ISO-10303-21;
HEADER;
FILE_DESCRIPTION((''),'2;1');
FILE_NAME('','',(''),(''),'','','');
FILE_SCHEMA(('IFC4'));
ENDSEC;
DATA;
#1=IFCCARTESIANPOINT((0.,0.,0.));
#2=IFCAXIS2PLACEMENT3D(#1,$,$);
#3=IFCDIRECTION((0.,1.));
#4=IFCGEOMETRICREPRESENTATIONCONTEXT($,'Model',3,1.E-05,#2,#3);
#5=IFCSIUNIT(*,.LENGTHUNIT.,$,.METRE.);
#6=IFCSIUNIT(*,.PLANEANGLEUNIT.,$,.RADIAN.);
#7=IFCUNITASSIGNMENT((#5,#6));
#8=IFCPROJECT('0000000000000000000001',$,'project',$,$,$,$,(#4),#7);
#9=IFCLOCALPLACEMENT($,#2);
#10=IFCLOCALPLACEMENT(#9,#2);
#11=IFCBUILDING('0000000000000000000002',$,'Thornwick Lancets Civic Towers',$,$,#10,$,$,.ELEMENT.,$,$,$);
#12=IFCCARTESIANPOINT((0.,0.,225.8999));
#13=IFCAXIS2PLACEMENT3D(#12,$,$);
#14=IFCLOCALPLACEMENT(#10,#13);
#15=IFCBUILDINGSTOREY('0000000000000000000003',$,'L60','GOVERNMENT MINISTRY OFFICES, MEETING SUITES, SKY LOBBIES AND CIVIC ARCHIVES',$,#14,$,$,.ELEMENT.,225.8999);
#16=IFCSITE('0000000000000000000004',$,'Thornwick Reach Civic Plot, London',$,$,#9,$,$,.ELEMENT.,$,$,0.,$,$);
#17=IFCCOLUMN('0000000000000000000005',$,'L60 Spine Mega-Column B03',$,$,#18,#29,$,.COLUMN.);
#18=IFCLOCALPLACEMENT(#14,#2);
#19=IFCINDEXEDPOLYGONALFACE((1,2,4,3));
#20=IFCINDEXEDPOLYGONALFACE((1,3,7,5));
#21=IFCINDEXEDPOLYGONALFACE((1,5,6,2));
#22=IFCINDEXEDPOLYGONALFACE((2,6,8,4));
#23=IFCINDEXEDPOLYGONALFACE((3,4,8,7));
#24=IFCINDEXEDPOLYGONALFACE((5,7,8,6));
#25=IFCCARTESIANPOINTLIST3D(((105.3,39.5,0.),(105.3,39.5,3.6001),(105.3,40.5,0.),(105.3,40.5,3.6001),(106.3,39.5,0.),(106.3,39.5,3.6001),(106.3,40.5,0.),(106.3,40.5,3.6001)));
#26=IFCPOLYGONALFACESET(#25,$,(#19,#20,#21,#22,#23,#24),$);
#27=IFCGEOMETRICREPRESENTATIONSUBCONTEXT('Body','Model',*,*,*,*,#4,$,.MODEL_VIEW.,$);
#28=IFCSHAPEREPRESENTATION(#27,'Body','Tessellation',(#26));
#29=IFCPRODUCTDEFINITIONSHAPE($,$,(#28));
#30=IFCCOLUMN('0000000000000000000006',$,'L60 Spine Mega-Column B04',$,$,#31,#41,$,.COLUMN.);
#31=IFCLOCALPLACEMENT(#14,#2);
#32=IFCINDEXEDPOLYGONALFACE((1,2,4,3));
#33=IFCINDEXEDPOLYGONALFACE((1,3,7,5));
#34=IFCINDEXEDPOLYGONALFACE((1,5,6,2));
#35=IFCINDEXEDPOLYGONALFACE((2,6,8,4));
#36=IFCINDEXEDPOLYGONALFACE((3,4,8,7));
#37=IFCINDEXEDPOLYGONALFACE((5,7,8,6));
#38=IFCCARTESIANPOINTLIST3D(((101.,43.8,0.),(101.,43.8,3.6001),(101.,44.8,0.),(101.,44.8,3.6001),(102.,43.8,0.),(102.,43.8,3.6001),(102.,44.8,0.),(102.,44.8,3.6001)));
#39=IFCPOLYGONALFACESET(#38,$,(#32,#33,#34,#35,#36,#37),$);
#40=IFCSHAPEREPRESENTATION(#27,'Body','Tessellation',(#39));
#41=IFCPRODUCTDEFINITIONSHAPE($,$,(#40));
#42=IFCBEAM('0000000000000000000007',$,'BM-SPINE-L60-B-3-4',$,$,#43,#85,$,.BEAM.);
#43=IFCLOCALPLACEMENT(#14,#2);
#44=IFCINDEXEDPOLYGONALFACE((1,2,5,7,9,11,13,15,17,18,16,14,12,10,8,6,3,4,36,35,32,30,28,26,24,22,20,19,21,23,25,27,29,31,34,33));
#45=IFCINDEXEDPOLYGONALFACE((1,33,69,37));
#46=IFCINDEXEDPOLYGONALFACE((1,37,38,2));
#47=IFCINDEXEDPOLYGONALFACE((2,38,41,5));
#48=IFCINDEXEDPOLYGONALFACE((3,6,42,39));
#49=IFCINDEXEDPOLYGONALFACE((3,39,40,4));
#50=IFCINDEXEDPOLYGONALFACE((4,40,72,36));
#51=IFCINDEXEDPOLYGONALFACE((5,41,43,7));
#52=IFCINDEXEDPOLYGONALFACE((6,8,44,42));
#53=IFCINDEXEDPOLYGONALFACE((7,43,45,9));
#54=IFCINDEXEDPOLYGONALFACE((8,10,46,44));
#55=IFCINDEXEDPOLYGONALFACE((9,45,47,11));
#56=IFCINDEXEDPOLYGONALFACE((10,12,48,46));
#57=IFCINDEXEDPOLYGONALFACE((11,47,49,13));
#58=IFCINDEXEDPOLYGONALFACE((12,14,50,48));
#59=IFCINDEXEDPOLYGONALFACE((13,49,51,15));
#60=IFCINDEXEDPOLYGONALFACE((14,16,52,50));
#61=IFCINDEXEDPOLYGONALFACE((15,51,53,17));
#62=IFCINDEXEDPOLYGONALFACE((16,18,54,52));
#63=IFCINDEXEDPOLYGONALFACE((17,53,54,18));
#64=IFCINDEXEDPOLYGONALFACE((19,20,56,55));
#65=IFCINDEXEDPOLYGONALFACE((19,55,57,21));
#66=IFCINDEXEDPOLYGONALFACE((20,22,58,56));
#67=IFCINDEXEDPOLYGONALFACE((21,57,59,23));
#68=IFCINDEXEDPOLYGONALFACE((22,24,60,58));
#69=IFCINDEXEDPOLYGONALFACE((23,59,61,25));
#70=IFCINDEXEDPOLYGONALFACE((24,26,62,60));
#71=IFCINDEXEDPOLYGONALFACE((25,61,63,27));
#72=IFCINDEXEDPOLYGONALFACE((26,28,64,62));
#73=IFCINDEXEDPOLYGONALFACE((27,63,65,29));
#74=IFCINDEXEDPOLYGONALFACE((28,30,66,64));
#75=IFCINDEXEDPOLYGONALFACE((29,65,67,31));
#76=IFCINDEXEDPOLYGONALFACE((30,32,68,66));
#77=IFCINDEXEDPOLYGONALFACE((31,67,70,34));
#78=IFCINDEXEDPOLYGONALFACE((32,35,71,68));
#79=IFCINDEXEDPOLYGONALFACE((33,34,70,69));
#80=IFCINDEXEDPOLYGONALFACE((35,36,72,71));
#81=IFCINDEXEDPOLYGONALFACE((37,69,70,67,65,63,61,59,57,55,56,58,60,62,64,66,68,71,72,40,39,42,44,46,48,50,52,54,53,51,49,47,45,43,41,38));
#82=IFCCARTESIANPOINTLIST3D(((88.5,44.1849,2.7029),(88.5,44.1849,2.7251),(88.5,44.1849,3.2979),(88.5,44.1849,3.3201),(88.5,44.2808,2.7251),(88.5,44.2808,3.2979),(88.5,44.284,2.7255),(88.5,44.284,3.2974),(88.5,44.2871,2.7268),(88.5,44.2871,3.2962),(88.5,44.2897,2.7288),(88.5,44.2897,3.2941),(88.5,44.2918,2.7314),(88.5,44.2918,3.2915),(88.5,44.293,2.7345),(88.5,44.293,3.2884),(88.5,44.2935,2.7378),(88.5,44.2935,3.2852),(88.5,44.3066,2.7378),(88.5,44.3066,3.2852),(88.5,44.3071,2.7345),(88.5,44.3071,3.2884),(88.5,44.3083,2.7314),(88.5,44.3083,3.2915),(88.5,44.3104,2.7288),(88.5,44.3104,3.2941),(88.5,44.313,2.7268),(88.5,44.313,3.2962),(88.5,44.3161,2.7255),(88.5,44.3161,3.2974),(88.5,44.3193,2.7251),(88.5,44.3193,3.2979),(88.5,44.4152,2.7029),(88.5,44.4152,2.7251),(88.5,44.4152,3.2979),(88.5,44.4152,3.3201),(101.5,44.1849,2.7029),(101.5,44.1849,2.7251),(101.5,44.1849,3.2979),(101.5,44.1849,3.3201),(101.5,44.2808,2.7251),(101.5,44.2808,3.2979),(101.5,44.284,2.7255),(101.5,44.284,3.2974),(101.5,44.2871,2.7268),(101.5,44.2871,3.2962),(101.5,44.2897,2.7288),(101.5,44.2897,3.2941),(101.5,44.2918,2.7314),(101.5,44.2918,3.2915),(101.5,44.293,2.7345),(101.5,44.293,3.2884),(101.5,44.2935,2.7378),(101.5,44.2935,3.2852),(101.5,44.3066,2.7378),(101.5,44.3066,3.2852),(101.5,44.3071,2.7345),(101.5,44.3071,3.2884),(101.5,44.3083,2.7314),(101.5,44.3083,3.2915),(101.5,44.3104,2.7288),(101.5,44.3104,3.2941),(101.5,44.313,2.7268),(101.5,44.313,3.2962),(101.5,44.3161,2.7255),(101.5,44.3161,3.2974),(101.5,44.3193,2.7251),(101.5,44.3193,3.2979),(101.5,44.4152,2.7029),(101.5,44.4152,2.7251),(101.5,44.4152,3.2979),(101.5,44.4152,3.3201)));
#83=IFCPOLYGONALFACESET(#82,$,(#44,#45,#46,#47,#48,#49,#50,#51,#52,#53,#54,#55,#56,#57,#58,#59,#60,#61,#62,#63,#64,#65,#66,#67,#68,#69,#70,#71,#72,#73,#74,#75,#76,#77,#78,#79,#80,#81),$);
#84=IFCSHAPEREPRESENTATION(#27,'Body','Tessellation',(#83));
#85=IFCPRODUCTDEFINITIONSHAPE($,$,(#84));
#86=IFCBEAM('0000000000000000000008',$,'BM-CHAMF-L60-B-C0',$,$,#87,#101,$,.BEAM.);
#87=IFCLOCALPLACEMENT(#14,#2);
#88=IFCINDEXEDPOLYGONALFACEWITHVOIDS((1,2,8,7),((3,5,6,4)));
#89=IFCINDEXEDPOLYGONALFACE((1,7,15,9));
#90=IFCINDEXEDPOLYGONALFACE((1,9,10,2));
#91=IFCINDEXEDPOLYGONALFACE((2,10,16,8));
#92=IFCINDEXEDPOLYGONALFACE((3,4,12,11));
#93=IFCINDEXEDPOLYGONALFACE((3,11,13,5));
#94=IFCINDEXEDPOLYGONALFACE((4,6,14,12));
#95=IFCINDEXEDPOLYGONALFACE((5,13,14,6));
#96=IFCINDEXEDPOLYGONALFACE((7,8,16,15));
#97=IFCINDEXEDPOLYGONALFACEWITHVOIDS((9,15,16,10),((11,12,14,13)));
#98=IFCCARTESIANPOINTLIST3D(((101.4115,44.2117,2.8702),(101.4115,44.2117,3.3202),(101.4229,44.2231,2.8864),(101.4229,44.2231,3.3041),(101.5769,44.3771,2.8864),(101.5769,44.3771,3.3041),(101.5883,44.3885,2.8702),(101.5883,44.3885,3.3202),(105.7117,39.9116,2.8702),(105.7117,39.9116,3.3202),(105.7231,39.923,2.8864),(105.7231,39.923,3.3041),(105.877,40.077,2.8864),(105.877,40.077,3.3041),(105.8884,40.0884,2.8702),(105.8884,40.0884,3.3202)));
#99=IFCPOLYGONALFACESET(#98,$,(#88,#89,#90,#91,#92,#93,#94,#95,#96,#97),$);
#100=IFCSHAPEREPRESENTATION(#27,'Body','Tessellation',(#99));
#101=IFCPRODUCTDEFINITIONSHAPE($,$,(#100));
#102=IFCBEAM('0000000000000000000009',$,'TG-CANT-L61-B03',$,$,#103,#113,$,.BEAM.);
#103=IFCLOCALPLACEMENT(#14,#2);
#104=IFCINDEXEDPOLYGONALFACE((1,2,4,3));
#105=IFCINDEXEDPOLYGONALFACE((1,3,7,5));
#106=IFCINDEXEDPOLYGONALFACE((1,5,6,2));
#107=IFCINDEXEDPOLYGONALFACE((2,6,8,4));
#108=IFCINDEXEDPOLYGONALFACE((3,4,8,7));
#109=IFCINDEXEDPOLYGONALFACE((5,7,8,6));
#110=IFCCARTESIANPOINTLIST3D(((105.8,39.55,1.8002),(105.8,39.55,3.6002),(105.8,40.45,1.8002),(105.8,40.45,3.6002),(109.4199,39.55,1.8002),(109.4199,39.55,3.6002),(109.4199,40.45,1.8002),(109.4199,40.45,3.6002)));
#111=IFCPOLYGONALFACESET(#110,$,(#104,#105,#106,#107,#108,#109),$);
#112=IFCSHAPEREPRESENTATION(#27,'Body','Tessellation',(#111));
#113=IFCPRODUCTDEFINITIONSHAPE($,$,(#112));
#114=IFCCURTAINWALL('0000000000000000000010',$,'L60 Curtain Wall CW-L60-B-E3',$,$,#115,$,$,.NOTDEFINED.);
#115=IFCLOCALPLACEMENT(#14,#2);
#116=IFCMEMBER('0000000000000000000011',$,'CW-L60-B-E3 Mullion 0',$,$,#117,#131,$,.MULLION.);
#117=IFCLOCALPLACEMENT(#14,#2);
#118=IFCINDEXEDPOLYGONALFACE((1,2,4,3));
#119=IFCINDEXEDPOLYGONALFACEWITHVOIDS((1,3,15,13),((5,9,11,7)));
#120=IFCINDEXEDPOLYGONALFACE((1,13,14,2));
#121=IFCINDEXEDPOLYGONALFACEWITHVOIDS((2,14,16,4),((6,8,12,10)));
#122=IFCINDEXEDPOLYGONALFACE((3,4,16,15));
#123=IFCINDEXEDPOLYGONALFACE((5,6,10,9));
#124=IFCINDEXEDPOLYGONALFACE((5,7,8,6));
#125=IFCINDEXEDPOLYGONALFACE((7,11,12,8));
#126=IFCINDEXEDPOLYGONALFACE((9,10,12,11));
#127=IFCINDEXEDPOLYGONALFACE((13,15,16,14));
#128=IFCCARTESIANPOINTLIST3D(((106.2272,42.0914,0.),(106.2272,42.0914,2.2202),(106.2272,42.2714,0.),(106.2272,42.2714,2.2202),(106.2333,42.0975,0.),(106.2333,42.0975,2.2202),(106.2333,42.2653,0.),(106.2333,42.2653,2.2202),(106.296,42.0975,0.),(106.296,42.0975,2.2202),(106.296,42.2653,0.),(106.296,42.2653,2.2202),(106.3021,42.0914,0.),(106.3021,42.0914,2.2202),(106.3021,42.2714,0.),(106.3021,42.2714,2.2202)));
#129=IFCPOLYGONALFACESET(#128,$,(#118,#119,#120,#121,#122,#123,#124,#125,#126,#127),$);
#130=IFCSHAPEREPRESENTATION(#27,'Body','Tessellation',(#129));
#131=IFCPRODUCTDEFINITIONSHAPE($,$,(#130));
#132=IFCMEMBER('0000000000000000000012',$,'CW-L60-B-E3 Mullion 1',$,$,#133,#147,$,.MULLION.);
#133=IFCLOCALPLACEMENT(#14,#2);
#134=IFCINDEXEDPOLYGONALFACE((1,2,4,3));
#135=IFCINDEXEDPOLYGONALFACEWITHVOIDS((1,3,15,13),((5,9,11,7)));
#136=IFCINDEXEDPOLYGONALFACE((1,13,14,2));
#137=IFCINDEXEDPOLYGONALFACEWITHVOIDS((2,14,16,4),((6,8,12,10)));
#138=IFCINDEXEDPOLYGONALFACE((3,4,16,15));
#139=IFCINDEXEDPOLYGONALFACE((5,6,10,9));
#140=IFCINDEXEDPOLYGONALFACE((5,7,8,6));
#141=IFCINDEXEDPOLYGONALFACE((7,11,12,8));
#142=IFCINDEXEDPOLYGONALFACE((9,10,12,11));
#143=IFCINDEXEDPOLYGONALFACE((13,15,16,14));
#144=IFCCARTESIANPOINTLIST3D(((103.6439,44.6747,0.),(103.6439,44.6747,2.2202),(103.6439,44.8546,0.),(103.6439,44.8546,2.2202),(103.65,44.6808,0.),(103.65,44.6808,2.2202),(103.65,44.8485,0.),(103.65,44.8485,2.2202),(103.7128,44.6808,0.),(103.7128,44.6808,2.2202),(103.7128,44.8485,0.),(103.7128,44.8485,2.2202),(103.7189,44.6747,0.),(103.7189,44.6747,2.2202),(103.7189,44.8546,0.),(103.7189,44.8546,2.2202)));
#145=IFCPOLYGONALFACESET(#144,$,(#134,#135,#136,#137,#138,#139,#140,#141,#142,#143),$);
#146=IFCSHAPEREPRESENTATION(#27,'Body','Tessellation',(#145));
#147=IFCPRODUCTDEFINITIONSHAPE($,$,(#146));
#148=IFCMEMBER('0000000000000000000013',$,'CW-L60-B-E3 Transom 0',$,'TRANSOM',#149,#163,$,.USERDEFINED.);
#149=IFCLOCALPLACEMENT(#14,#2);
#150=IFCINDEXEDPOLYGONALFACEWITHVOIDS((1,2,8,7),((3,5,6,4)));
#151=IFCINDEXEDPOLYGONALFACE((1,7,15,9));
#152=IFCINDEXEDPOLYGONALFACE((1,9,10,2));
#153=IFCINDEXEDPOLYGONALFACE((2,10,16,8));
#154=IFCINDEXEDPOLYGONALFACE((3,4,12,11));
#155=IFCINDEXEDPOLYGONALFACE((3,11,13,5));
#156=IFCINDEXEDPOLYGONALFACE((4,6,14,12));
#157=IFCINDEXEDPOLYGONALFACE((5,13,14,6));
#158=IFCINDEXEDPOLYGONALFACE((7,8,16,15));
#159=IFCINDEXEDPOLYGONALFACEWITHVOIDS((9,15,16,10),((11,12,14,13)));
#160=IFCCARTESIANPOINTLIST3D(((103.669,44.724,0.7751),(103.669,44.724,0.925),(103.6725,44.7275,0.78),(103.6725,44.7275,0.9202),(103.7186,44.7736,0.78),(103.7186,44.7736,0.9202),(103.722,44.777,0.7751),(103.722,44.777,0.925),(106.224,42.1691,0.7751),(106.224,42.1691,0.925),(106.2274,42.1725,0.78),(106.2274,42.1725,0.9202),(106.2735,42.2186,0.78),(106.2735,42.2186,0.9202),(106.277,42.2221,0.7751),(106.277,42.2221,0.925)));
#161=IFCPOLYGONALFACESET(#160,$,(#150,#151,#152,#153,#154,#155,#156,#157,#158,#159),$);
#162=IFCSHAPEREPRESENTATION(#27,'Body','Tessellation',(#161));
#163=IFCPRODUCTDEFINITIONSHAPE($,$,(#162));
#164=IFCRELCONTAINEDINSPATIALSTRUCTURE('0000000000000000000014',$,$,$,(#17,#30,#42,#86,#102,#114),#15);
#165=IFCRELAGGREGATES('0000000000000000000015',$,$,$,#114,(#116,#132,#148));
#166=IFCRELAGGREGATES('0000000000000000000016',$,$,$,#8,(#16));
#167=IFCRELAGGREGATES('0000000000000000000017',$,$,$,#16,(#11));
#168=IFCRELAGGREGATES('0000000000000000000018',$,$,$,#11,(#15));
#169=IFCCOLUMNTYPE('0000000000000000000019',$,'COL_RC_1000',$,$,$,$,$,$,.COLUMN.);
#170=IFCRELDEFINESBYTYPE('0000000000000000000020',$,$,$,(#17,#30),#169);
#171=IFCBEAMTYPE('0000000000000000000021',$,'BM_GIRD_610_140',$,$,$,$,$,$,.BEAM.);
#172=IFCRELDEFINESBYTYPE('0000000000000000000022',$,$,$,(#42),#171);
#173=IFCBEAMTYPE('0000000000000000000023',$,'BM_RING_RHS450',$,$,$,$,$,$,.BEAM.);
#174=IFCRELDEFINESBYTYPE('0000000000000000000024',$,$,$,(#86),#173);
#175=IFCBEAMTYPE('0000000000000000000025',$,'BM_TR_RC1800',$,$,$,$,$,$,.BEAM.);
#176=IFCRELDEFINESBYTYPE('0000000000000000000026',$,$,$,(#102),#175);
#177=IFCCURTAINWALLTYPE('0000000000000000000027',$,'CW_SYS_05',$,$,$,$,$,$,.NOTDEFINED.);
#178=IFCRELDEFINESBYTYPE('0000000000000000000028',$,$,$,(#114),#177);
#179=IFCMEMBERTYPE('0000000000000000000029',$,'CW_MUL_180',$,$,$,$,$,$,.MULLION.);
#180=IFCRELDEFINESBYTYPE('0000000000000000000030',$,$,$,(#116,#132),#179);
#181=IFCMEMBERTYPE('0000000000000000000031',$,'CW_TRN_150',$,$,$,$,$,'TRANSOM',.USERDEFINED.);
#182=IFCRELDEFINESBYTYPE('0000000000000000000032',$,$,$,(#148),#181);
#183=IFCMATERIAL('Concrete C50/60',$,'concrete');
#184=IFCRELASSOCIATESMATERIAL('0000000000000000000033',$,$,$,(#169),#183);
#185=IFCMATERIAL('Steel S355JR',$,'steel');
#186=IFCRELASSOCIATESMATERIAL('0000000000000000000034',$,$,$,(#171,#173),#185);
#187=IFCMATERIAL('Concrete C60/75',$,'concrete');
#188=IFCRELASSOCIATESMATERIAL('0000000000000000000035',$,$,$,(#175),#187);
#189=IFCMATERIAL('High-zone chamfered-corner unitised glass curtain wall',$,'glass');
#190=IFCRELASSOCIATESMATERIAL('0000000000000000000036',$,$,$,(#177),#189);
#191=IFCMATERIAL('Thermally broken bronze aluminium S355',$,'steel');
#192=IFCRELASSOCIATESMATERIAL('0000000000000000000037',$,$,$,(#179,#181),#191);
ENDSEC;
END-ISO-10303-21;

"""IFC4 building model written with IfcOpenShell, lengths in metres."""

from ifc_helpers import new_model, si_unit, direction, frame, origin, origin_2d, place, context, subcontext, project, spatial, rectangle, hollow_rectangle, i_section, extrude, material, material_profile, profile_set, type_object, element, aggregate, save


model = new_model("IFC4")

# Units and contexts
model_context = context("Model", 3, precision=1e-05, world=origin(), true_north=direction((0.0, 1.0)))
body_context = subcontext(model_context, "Body", "Model", "MODEL_VIEW")
ifc_project = project(units=[si_unit("LENGTHUNIT", "METRE"), si_unit("PLANEANGLEUNIT", "RADIAN")], contexts=[model_context])

# Site, building, storey
site_placement = place(None, origin())
site = spatial("IfcSite", under=ifc_project, at=site_placement, Name="Thornwick Reach Civic Plot, London", CompositionType="ELEMENT", RefElevation=0.0)
building_placement = place(site_placement, origin())
building = spatial("IfcBuilding", under=site, at=building_placement, Name="Thornwick Lancets Civic Towers", CompositionType="ELEMENT")
storey_placement = place(building_placement, frame((0.0, 0.0, 225.8999)))
storey = spatial("IfcBuildingStorey", under=building, at=storey_placement, Name="L60", Description="GOVERNMENT MINISTRY OFFICES, MEETING SUITES, SKY LOBBIES AND CIVIC ARCHIVES", CompositionType="ELEMENT", Elevation=225.8999)

# Columns
ifc_material_1 = material(Name="Concrete C50/60", Category="concrete")
ifc_material_profile_1 = material_profile(ifc_material_1, rectangle(XDim=1.0, YDim=1.0, at=origin_2d()), Name="RC 1000x1000")
ifc_profile_set_1 = profile_set([ifc_material_profile_1], Name="Concrete C50/60")
column_type = type_object("IfcColumnType", Name="COL_RC_1000", PredefinedType="COLUMN", material=ifc_profile_set_1)
for number, where, z_axis, x_axis, name in (
    (1, (105.8, 40.0, 0.0), (0.0, 0.0, 1.0), (1.0, 0.0, 0.0), "L60 Spine Mega-Column B03"),
    (2, (101.5, 44.3, 0.0), (0.0, 0.0, 1.0), (1.0, 0.0, 0.0), "L60 Spine Mega-Column B04"),
):
    element("IfcColumn", number, at=place(storey_placement, frame(where, z_axis=z_axis, x_axis=x_axis)), inside=storey, type_object=column_type, Name=name, PredefinedType="COLUMN", context=body_context, shape_type="SweptSolid", body=[
        extrude(rectangle(XDim=1.0, YDim=1.0, at=origin_2d()), origin(), (0.0, 0.0, 1.0), 3.6001),
    ])

# Beams
ifc_material_2 = material(Name="Steel S355JR", Category="steel")
ifc_material_profile_2 = material_profile(ifc_material_2, i_section(OverallWidth=0.2302, OverallDepth=0.6172, WebThickness=0.0132, FlangeThickness=0.0222, FilletRadius=0.0127, at=origin_2d()), Name="UKB 610x229x140")
ifc_profile_set_2 = profile_set([ifc_material_profile_2], Name="Steel S355JR")
beam_type_1 = type_object("IfcBeamType", Name="BM_GIRD_610_140", PredefinedType="BEAM", material=ifc_profile_set_2)
beam_1_placement = place(storey_placement, frame((101.5, 44.3, 3.0115), z_axis=(-1.0, 0.0, 0.0), x_axis=(0.0, -1.0, 0.0)))
element("IfcBeam", 3, at=beam_1_placement, inside=storey, type_object=beam_type_1, Name="BM-SPINE-L60-B-3-4", PredefinedType="BEAM", context=body_context, shape_type="SweptSolid", body=[
    extrude(i_section(OverallWidth=0.2302, OverallDepth=0.6172, WebThickness=0.0132, FlangeThickness=0.0222, FilletRadius=0.0127, at=origin_2d()), origin(), (0.0, 0.0, 1.0), 13.0),
])
ifc_material_profile_3 = material_profile(ifc_material_2, hollow_rectangle(XDim=0.25, YDim=0.45, WallThickness=0.0161, at=origin_2d()), Name="RHS 450x250x16")
ifc_profile_set_3 = profile_set([ifc_material_profile_3], Name="Steel S355JR")
beam_type_2 = type_object("IfcBeamType", Name="BM_RING_RHS450", PredefinedType="BEAM", material=ifc_profile_set_3)
beam_2_placement = place(storey_placement, frame((105.8, 40.0, 3.0952), z_axis=(-0.707107, 0.707107, 0.0), x_axis=(-0.707107, -0.707107, 0.0)))
element("IfcBeam", 4, at=beam_2_placement, inside=storey, type_object=beam_type_2, Name="BM-CHAMF-L60-B-C0", PredefinedType="BEAM", context=body_context, shape_type="SweptSolid", body=[
    extrude(hollow_rectangle(XDim=0.25, YDim=0.45, WallThickness=0.0161, at=origin_2d()), origin(), (0.0, 0.0, 1.0), 6.0813),
])
ifc_material_3 = material(Name="Concrete C60/75", Category="concrete")
ifc_material_profile_4 = material_profile(ifc_material_3, rectangle(XDim=0.8999, YDim=1.8, at=origin_2d()), Name="RC 900x1800")
ifc_profile_set_4 = profile_set([ifc_material_profile_4], Name="Concrete C60/75")
beam_type_3 = type_object("IfcBeamType", Name="BM_TR_RC1800", PredefinedType="BEAM", material=ifc_profile_set_4)
beam_3_placement = place(storey_placement, frame((105.8, 40.0, 2.7002), z_axis=(1.0, 0.0, 0.0), x_axis=(0.0, 1.0, 0.0)))
element("IfcBeam", 5, at=beam_3_placement, inside=storey, type_object=beam_type_3, Name="TG-CANT-L61-B03", PredefinedType="BEAM", context=body_context, shape_type="SweptSolid", body=[
    extrude(rectangle(XDim=0.8999, YDim=1.8, at=origin_2d()), origin(), (0.0, 0.0, 1.0), 3.6199),
])

# Curtain wall, members
ifc_material_4 = material(Name="High-zone chamfered-corner unitised glass curtain wall", Category="glass")
curtain_wall_type = type_object("IfcCurtainWallType", Name="CW_SYS_05", PredefinedType="NOTDEFINED", material=ifc_material_4)
curtain_wall_placement = place(storey_placement, origin())
curtain_wall = element("IfcCurtainWall", 6, at=curtain_wall_placement, inside=storey, type_object=curtain_wall_type, Name="L60 Curtain Wall CW-L60-B-E3", PredefinedType="NOTDEFINED")
ifc_material_5 = material(Name="Thermally broken bronze aluminium S355", Category="steel")
ifc_material_profile_5 = material_profile(ifc_material_5, hollow_rectangle(XDim=0.075, YDim=0.1799, WallThickness=0.0061, at=origin_2d()), Name="RHS 180x75x6")
ifc_profile_set_5 = profile_set([ifc_material_profile_5], Name="Thermally broken bronze aluminium S355")
member_type_1 = type_object("IfcMemberType", Name="CW_MUL_180", PredefinedType="MULLION", material=ifc_profile_set_5)
member_1_placement = place(storey_placement, frame((106.2646, 42.1814, 0.0), z_axis=(0.0, 0.0, 1.0), x_axis=(1.0, 0.0, 0.0)))
member_1 = element("IfcMember", 7, at=member_1_placement, type_object=member_type_1, Name="CW-L60-B-E3 Mullion 0", PredefinedType="MULLION", context=body_context, shape_type="SweptSolid", body=[
    extrude(hollow_rectangle(XDim=0.075, YDim=0.1799, WallThickness=0.0061, at=origin_2d()), origin(), (0.0, 0.0, 1.0), 2.2202),
])
member_2_placement = place(storey_placement, frame((103.6814, 44.7646, 0.0), z_axis=(0.0, 0.0, 1.0), x_axis=(1.0, 0.0, 0.0)))
member_2 = element("IfcMember", 8, at=member_2_placement, type_object=member_type_1, Name="CW-L60-B-E3 Mullion 1", PredefinedType="MULLION", context=body_context, shape_type="SweptSolid", body=[
    extrude(hollow_rectangle(XDim=0.075, YDim=0.1799, WallThickness=0.0061, at=origin_2d()), origin(), (0.0, 0.0, 1.0), 2.2202),
])
ifc_material_profile_6 = material_profile(ifc_material_5, hollow_rectangle(XDim=0.075, YDim=0.1499, WallThickness=0.0049, at=origin_2d()), Name="RHS 150x75x5")
ifc_profile_set_6 = profile_set([ifc_material_profile_6], Name="Thermally broken bronze aluminium S355")
member_type_2 = type_object("IfcMemberType", Name="CW_TRN_150", ElementType="TRANSOM", PredefinedType="USERDEFINED", material=ifc_profile_set_6)
member_3_placement = place(storey_placement, frame((106.2505, 42.1956, 0.8501), z_axis=(-0.707107, 0.707107, 0.0), x_axis=(-0.707107, -0.707107, 0.0)))
member_3 = element("IfcMember", 9, at=member_3_placement, type_object=member_type_2, Name="CW-L60-B-E3 Transom 0", ObjectType="TRANSOM", PredefinedType="USERDEFINED", context=body_context, shape_type="SweptSolid", body=[
    extrude(hollow_rectangle(XDim=0.075, YDim=0.1499, WallThickness=0.0049, at=origin_2d()), origin(), (0.0, 0.0, 1.0), 3.6133),
])

aggregate(curtain_wall, [member_1, member_2, member_3])

save(model, "model.ifc")
